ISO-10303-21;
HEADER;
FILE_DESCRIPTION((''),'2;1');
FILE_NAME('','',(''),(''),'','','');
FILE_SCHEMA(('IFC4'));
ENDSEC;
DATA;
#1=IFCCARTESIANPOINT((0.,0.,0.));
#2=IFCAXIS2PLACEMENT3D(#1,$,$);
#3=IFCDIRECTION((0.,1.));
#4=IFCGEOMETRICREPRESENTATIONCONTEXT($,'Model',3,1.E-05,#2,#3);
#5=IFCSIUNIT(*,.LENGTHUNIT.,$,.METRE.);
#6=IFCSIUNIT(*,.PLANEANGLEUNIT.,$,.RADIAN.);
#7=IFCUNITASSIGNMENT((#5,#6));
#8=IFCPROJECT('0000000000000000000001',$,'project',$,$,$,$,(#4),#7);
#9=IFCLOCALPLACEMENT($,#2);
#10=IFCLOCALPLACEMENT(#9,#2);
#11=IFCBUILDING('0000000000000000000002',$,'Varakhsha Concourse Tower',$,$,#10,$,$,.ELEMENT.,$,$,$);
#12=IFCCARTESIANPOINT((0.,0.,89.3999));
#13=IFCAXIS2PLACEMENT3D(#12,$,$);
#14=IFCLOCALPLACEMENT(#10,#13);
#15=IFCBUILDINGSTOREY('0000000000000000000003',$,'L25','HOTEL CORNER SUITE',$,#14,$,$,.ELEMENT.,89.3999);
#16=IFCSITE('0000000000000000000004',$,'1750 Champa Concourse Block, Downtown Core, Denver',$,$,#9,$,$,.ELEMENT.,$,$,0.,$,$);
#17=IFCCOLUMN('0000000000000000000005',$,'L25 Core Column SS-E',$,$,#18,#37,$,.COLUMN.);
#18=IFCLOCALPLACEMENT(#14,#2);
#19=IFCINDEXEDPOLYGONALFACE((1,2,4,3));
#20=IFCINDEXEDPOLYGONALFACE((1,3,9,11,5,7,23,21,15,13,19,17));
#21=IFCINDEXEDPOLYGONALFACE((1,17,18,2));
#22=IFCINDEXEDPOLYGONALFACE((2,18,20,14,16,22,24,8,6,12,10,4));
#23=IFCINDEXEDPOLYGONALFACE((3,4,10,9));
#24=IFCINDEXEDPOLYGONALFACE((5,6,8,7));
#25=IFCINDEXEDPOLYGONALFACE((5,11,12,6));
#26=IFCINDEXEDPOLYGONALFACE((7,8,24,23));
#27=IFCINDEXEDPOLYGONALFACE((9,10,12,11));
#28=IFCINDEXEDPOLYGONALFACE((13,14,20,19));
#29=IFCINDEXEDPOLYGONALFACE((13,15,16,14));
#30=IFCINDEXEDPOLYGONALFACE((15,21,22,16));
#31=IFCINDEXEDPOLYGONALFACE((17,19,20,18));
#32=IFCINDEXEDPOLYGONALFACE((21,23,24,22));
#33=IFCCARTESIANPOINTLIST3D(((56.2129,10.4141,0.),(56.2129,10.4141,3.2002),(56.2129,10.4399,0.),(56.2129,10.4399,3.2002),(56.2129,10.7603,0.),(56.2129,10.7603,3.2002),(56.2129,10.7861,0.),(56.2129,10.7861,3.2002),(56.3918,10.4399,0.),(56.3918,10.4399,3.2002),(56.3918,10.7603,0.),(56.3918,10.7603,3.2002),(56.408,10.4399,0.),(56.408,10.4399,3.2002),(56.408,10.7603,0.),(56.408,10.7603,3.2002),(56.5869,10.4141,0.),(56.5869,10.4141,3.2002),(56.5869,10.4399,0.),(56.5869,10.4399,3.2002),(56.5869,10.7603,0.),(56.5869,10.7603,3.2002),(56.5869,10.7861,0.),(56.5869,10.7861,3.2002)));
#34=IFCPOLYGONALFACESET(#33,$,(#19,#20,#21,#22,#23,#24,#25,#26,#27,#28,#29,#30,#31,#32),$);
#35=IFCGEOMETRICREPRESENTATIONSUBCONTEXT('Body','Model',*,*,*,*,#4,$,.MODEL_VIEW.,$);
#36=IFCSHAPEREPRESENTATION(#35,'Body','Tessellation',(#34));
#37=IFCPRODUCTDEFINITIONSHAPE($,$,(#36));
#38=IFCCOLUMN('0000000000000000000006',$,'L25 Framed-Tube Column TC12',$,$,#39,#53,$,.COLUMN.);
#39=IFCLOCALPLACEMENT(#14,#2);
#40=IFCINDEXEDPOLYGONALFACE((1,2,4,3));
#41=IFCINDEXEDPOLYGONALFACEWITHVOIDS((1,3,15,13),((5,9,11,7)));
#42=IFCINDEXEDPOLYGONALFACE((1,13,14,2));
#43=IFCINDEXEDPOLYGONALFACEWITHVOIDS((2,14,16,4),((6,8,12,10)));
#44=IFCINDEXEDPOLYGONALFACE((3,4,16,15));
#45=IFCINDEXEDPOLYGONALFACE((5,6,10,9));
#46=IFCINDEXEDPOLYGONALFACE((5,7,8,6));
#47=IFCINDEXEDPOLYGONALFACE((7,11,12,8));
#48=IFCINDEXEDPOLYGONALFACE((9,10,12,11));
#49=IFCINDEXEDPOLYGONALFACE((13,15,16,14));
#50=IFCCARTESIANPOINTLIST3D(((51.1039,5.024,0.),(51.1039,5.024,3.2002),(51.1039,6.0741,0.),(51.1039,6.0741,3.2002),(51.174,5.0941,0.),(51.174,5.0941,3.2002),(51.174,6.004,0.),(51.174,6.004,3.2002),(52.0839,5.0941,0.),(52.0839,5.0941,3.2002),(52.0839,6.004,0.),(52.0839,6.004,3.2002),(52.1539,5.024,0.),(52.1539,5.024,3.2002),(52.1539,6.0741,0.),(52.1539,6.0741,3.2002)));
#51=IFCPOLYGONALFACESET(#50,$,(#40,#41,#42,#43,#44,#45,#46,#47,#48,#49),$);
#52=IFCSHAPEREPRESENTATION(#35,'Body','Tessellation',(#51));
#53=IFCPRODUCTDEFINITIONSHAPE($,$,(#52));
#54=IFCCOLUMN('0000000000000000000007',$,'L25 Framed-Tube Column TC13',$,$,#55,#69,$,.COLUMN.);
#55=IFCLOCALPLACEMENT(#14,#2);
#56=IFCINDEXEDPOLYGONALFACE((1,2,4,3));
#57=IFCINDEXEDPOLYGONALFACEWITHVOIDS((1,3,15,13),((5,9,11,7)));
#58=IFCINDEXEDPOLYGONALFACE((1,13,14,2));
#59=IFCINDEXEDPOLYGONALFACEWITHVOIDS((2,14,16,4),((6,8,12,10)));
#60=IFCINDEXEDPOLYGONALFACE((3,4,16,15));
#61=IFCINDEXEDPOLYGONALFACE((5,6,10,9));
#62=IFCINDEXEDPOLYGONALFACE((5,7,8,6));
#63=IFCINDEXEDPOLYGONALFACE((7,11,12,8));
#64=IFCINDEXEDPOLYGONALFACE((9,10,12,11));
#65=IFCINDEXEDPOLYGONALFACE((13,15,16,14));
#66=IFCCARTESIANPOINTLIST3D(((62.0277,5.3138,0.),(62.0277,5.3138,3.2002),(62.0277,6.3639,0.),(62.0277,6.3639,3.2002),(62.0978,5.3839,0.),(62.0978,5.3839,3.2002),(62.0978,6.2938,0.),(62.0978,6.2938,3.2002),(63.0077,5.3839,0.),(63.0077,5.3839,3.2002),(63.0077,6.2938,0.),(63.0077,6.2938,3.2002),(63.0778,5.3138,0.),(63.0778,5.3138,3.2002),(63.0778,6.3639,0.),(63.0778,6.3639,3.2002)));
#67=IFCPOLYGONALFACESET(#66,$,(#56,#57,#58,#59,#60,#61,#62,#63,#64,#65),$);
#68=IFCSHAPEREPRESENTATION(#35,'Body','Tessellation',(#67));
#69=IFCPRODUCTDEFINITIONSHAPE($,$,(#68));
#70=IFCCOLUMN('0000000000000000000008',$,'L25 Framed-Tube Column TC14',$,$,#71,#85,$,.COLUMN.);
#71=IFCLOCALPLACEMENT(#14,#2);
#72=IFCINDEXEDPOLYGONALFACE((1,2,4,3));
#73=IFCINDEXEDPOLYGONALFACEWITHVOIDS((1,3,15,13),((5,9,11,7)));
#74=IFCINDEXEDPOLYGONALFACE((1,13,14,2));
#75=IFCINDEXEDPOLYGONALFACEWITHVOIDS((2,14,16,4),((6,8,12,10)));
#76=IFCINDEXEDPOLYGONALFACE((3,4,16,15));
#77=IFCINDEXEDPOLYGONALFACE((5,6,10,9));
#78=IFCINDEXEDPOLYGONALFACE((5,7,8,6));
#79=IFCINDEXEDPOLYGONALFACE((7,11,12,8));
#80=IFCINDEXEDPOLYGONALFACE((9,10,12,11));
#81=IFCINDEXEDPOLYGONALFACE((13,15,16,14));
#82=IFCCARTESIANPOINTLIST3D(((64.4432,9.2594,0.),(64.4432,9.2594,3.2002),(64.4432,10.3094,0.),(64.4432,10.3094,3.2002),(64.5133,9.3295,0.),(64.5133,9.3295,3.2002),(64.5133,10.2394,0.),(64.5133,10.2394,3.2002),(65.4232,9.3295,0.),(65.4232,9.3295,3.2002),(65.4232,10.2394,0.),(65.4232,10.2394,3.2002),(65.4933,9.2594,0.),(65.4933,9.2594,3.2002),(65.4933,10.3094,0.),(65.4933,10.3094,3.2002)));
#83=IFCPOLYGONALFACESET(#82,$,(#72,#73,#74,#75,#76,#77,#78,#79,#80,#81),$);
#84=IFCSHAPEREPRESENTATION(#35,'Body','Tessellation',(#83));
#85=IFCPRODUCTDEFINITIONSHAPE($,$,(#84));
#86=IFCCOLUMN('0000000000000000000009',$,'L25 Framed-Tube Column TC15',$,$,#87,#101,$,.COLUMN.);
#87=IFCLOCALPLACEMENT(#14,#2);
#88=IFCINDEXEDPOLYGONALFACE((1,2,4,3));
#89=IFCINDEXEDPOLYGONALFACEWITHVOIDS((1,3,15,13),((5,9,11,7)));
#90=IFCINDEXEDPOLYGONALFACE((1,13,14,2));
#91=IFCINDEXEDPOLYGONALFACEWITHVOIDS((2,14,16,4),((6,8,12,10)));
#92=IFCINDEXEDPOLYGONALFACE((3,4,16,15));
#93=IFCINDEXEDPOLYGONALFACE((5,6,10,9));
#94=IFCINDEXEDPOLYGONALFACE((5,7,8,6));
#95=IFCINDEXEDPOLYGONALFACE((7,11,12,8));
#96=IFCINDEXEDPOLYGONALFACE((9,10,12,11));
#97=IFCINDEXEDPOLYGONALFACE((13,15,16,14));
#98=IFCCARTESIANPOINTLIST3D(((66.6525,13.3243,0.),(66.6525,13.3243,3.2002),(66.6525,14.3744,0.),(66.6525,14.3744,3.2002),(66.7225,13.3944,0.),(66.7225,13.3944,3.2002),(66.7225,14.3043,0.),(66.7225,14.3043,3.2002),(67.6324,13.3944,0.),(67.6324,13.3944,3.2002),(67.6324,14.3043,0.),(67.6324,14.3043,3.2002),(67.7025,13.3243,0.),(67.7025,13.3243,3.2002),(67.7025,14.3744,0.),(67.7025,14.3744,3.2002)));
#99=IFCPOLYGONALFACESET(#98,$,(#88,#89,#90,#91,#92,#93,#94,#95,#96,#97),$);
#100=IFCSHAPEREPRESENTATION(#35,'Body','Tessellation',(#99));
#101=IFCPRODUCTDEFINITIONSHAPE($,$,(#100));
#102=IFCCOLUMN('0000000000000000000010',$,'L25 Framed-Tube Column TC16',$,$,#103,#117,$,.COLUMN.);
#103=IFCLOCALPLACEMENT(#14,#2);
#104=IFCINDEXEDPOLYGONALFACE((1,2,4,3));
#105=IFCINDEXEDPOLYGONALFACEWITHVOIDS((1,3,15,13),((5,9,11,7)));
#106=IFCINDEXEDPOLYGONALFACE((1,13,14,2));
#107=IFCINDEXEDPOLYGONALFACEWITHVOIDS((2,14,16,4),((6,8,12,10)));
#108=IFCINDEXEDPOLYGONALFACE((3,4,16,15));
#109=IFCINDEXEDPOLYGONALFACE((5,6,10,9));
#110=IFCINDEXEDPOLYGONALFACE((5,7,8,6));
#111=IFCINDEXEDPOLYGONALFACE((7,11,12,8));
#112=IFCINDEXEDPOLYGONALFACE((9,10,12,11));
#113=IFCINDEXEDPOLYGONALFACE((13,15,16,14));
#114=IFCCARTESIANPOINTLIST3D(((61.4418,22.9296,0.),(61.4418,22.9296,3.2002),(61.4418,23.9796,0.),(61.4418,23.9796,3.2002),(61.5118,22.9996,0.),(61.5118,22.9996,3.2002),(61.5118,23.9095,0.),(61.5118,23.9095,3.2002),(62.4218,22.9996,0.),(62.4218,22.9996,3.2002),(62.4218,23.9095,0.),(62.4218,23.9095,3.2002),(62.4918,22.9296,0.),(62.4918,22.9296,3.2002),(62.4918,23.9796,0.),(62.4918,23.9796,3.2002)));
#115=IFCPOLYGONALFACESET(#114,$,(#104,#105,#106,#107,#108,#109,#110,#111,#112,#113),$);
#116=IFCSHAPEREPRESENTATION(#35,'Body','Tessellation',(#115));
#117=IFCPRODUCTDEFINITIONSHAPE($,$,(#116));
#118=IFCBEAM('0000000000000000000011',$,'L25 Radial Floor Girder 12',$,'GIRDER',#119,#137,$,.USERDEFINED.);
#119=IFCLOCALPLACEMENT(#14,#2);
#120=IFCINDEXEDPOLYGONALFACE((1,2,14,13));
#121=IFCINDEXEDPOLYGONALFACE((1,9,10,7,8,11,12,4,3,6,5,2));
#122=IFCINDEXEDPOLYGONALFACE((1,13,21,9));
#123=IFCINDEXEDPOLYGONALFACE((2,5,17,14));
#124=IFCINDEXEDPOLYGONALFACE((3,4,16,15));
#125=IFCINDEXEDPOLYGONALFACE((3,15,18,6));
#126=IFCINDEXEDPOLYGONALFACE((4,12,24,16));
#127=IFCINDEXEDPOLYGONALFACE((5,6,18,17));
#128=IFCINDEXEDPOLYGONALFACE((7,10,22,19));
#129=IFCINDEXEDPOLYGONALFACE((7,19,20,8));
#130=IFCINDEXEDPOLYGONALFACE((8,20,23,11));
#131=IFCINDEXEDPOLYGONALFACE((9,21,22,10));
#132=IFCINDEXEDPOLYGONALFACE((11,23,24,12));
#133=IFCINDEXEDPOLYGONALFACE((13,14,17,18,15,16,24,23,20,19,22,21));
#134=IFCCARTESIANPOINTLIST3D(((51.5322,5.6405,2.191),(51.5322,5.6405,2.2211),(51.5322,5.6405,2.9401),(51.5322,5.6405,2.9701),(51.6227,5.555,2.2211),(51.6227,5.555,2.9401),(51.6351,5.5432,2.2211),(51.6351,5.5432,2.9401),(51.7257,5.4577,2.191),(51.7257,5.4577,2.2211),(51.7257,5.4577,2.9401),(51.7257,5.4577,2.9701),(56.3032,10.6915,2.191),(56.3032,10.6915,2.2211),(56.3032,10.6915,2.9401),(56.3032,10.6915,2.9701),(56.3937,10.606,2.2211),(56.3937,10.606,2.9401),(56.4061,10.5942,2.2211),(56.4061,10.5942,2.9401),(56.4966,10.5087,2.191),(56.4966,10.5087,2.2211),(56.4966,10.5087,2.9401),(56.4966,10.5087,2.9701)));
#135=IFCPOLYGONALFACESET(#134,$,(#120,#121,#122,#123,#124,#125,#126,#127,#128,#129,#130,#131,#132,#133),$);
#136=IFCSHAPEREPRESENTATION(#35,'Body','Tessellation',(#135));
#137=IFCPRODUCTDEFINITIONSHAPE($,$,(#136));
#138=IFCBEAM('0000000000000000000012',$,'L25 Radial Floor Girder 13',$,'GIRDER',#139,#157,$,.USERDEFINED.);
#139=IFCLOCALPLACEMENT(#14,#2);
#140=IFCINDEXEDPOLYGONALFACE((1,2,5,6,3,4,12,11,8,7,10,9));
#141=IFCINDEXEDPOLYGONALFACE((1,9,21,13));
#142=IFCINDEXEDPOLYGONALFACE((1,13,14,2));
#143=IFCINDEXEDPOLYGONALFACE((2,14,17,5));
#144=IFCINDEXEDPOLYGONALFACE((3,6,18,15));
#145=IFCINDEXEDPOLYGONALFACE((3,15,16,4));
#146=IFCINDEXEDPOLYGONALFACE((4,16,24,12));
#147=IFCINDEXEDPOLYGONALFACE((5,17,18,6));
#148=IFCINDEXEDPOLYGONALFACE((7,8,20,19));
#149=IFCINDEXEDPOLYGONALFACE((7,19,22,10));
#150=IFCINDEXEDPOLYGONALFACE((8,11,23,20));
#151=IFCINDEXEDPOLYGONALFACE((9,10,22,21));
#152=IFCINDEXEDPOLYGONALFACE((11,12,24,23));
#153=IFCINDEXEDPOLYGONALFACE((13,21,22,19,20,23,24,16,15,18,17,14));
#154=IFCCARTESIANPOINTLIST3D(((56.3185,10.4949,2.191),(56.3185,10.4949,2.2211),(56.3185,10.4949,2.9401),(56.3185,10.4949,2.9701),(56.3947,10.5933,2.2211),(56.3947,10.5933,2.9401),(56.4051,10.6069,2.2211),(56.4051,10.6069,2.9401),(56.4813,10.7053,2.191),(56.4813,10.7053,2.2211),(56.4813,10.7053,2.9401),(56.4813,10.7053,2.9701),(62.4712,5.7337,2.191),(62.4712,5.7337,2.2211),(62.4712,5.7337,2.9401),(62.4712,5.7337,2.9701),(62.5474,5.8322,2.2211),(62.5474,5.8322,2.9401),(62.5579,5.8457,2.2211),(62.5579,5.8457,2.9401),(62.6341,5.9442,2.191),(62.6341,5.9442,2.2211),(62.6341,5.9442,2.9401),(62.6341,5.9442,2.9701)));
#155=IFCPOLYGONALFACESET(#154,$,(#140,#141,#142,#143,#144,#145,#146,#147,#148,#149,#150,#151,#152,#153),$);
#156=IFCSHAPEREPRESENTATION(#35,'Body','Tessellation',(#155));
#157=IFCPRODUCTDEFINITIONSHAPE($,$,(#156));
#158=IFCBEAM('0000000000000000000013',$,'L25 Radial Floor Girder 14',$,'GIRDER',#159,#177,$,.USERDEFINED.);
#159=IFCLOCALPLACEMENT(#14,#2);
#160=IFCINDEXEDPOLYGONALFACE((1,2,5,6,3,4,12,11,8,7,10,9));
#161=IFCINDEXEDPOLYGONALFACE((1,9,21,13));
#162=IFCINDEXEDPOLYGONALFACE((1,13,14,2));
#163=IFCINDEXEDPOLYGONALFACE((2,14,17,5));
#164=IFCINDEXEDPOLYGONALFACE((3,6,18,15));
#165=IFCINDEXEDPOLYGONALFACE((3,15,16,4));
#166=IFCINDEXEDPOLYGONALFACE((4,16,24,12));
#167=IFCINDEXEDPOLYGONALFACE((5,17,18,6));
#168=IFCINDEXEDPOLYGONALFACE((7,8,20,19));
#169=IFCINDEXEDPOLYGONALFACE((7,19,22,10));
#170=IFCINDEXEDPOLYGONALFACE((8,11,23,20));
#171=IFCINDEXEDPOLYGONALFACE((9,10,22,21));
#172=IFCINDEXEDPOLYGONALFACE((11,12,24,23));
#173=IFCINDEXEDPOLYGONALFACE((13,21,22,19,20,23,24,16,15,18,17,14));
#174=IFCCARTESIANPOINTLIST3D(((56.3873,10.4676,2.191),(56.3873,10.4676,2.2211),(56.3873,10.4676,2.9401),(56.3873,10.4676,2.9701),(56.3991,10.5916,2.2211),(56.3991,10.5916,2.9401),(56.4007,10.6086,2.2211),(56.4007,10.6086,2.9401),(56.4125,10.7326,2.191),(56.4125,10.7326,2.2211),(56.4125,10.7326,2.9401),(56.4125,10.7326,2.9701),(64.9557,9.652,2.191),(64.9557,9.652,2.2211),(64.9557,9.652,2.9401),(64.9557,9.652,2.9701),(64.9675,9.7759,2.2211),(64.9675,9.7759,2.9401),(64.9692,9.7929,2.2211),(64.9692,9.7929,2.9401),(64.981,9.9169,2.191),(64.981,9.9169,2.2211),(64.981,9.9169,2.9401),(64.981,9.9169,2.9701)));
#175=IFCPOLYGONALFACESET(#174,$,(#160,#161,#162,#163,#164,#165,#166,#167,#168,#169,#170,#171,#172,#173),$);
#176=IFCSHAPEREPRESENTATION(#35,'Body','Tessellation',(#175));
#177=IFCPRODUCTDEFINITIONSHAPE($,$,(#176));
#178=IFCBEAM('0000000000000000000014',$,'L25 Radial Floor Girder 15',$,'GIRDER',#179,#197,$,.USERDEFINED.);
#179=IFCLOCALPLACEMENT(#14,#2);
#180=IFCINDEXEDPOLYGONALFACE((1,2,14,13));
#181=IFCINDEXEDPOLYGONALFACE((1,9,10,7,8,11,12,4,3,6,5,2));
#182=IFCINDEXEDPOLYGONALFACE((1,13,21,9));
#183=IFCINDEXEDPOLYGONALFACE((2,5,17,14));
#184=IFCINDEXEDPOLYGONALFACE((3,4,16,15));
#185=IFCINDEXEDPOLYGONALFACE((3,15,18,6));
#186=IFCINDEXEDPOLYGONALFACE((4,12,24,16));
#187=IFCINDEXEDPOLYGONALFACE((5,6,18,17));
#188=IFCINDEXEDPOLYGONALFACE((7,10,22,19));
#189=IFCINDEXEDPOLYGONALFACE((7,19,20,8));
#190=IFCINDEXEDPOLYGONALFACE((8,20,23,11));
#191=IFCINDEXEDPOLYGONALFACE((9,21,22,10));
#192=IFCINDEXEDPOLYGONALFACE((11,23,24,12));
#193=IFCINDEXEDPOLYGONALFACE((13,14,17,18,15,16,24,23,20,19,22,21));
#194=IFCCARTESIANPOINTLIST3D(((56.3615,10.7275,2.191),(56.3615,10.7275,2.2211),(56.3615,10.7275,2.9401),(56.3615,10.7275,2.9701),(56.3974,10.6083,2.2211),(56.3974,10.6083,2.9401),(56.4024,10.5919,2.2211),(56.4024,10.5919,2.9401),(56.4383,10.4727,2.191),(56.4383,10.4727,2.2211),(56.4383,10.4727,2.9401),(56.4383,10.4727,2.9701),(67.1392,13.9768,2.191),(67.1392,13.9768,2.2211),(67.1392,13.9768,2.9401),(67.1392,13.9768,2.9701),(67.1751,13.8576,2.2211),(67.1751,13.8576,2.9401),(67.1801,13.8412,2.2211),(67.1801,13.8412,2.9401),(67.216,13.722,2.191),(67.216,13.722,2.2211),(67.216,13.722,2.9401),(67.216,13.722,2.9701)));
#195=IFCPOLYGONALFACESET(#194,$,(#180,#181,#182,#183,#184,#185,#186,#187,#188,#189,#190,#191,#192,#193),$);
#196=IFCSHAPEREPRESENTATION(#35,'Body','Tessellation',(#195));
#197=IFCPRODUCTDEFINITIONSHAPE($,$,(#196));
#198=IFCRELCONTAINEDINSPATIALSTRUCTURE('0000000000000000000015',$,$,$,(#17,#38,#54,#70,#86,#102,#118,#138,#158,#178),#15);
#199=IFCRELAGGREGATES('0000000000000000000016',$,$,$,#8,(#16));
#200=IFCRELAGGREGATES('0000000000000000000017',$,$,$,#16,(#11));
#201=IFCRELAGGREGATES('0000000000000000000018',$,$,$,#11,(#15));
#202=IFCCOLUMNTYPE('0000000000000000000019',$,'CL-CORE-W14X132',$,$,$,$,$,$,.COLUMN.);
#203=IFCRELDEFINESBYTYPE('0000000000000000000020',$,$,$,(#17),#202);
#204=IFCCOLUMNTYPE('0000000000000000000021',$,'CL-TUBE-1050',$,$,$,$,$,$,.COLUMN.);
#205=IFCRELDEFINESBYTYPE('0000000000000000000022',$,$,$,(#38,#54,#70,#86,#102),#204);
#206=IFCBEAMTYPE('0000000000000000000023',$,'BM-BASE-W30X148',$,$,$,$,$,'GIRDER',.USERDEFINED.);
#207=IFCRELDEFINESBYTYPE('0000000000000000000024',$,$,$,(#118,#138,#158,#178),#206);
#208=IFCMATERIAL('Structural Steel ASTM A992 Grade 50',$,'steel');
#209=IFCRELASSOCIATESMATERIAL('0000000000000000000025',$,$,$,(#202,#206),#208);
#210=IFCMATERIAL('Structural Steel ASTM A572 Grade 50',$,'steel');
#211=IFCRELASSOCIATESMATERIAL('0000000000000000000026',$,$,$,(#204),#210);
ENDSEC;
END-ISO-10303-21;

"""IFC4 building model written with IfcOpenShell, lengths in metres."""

from ifc_helpers import new_model, si_unit, direction, frame, origin, origin_2d, place, context, subcontext, project, spatial, hollow_rectangle, i_section, extrude, material, material_profile, profile_set, type_object, element, save


model = new_model("IFC4")

# Units and contexts
model_context = context("Model", 3, precision=1e-05, world=origin(), true_north=direction((0.0, 1.0)))
body_context = subcontext(model_context, "Body", "Model", "MODEL_VIEW")
ifc_project = project(units=[si_unit("LENGTHUNIT", "METRE"), si_unit("PLANEANGLEUNIT", "RADIAN")], contexts=[model_context])

# Site, building, storey
site_placement = place(None, origin())
site = spatial("IfcSite", under=ifc_project, at=site_placement, Name="1750 Champa Concourse Block, Downtown Core, Denver", CompositionType="ELEMENT", RefElevation=0.0)
building_placement = place(site_placement, origin())
building = spatial("IfcBuilding", under=site, at=building_placement, Name="Varakhsha Concourse Tower", CompositionType="ELEMENT")
storey_placement = place(building_placement, frame((0.0, 0.0, 89.3999)))
storey = spatial("IfcBuildingStorey", under=building, at=storey_placement, Name="L25", Description="HOTEL CORNER SUITE", CompositionType="ELEMENT", Elevation=89.3999)

# Columns
ifc_material_1 = material(Name="Structural Steel ASTM A992 Grade 50", Category="steel")
ifc_material_profile_1 = material_profile(ifc_material_1, i_section(OverallWidth=0.374, OverallDepth=0.3721, WebThickness=0.0161, FlangeThickness=0.0259, at=origin_2d()), Name="W14X132")
ifc_profile_set_1 = profile_set([ifc_material_profile_1], Name="Structural Steel ASTM A992 Grade 50")
column_type_1 = type_object("IfcColumnType", Name="CL-CORE-W14X132", PredefinedType="COLUMN", material=ifc_profile_set_1)
column_placement = place(storey_placement, frame((56.3999, 10.6001, 0.0), z_axis=(0.0, 0.0, 1.0), x_axis=(1.0, 0.0, 0.0)))
element("IfcColumn", 1, at=column_placement, inside=storey, type_object=column_type_1, Name="L25 Core Column SS-E", PredefinedType="COLUMN", context=body_context, shape_type="SweptSolid", body=[
    extrude(i_section(OverallWidth=0.374, OverallDepth=0.3721, WebThickness=0.0161, FlangeThickness=0.0259, at=origin_2d()), origin(), (0.0, 0.0, 1.0), 3.2002),
])
ifc_material_2 = material(Name="Structural Steel ASTM A572 Grade 50", Category="steel")
ifc_material_profile_2 = material_profile(ifc_material_2, hollow_rectangle(XDim=1.05, YDim=1.05, WallThickness=0.0701, at=origin_2d()), Name="BOX 1050x1050x70")
ifc_profile_set_2 = profile_set([ifc_material_profile_2], Name="Structural Steel ASTM A572 Grade 50")
column_type_2 = type_object("IfcColumnType", Name="CL-TUBE-1050", PredefinedType="COLUMN", material=ifc_profile_set_2)
for number, where, z_axis, x_axis, name in (
    (2, (51.6289, 5.5491, 0.0), (0.0, 0.0, 1.0), (1.0, 0.0, 0.0), "L25 Framed-Tube Column TC12"),
    (3, (62.5527, 5.8389, 0.0), (0.0, 0.0, 1.0), (1.0, 0.0, 0.0), "L25 Framed-Tube Column TC13"),
    (4, (64.9683, 9.7844, 0.0), (0.0, 0.0, 1.0), (1.0, 0.0, 0.0), "L25 Framed-Tube Column TC14"),
    (5, (67.1775, 13.8494, 0.0), (0.0, 0.0, 1.0), (1.0, 0.0, 0.0), "L25 Framed-Tube Column TC15"),
    (6, (61.9668, 23.4546, 0.0), (0.0, 0.0, 1.0), (1.0, 0.0, 0.0), "L25 Framed-Tube Column TC16"),
):
    element("IfcColumn", number, at=place(storey_placement, frame(where, z_axis=z_axis, x_axis=x_axis)), inside=storey, type_object=column_type_2, Name=name, PredefinedType="COLUMN", context=body_context, shape_type="SweptSolid", body=[
        extrude(hollow_rectangle(XDim=1.05, YDim=1.05, WallThickness=0.0701, at=origin_2d()), origin(), (0.0, 0.0, 1.0), 3.2002),
    ])

# Beams
ifc_material_profile_3 = material_profile(ifc_material_1, i_section(OverallWidth=0.2661, OverallDepth=0.7791, WebThickness=0.0171, FlangeThickness=0.03, at=origin_2d()), Name="W30X148")
ifc_profile_set_3 = profile_set([ifc_material_profile_3], Name="Structural Steel ASTM A992 Grade 50")
beam_type_1 = type_object("IfcBeamType", Name="BM-BASE-W30X148", ElementType="GIRDER", PredefinedType="USERDEFINED", material=ifc_profile_set_3)
beam_1_placement = place(storey_placement, frame((56.3999, 10.6001, 2.5806), z_axis=(-0.686668, -0.726971, 0.0), x_axis=(0.726971, -0.686668, 0.0)))
element("IfcBeam", 7, at=beam_1_placement, inside=storey, type_object=beam_type_1, Name="L25 Radial Floor Girder 12", ObjectType="GIRDER", PredefinedType="USERDEFINED", context=body_context, shape_type="SweptSolid", body=[
    extrude(i_section(OverallWidth=0.2661, OverallDepth=0.7791, WebThickness=0.0171, FlangeThickness=0.03, at=origin_2d()), origin(), (0.0, 0.0, 1.0), 6.948),
])
beam_2_placement = place(storey_placement, frame((56.3999, 10.6001, 2.5806), z_axis=(0.790864, -0.611992, 0.0), x_axis=(0.611992, 0.790864, 0.0)))
element("IfcBeam", 8, at=beam_2_placement, inside=storey, type_object=beam_type_1, Name="L25 Radial Floor Girder 13", ObjectType="GIRDER", PredefinedType="USERDEFINED", context=body_context, shape_type="SweptSolid", body=[
    extrude(i_section(OverallWidth=0.2661, OverallDepth=0.7791, WebThickness=0.0171, FlangeThickness=0.03, at=origin_2d()), origin(), (0.0, 0.0, 1.0), 7.7798),
])
beam_3_placement = place(storey_placement, frame((56.3999, 10.6001, 2.5806), z_axis=(0.995499, -0.094768, 0.0), x_axis=(0.094768, 0.995499, 0.0)))
element("IfcBeam", 9, at=beam_3_placement, inside=storey, type_object=beam_type_1, Name="L25 Radial Floor Girder 14", ObjectType="GIRDER", PredefinedType="USERDEFINED", context=body_context, shape_type="SweptSolid", body=[
    extrude(i_section(OverallWidth=0.2661, OverallDepth=0.7791, WebThickness=0.0171, FlangeThickness=0.03, at=origin_2d()), origin(), (0.0, 0.0, 1.0), 8.6072),
])
beam_4_placement = place(storey_placement, frame((56.3999, 10.6001, 2.5806), z_axis=(0.957434, 0.288651, 0.0), x_axis=(-0.288651, 0.957434, 0.0)))
element("IfcBeam", 10, at=beam_4_placement, inside=storey, type_object=beam_type_1, Name="L25 Radial Floor Girder 15", ObjectType="GIRDER", PredefinedType="USERDEFINED", context=body_context, shape_type="SweptSolid", body=[
    extrude(i_section(OverallWidth=0.2661, OverallDepth=0.7791, WebThickness=0.0171, FlangeThickness=0.03, at=origin_2d()), origin(), (0.0, 0.0, 1.0), 11.2568),
])

save(model, "model.ifc")
